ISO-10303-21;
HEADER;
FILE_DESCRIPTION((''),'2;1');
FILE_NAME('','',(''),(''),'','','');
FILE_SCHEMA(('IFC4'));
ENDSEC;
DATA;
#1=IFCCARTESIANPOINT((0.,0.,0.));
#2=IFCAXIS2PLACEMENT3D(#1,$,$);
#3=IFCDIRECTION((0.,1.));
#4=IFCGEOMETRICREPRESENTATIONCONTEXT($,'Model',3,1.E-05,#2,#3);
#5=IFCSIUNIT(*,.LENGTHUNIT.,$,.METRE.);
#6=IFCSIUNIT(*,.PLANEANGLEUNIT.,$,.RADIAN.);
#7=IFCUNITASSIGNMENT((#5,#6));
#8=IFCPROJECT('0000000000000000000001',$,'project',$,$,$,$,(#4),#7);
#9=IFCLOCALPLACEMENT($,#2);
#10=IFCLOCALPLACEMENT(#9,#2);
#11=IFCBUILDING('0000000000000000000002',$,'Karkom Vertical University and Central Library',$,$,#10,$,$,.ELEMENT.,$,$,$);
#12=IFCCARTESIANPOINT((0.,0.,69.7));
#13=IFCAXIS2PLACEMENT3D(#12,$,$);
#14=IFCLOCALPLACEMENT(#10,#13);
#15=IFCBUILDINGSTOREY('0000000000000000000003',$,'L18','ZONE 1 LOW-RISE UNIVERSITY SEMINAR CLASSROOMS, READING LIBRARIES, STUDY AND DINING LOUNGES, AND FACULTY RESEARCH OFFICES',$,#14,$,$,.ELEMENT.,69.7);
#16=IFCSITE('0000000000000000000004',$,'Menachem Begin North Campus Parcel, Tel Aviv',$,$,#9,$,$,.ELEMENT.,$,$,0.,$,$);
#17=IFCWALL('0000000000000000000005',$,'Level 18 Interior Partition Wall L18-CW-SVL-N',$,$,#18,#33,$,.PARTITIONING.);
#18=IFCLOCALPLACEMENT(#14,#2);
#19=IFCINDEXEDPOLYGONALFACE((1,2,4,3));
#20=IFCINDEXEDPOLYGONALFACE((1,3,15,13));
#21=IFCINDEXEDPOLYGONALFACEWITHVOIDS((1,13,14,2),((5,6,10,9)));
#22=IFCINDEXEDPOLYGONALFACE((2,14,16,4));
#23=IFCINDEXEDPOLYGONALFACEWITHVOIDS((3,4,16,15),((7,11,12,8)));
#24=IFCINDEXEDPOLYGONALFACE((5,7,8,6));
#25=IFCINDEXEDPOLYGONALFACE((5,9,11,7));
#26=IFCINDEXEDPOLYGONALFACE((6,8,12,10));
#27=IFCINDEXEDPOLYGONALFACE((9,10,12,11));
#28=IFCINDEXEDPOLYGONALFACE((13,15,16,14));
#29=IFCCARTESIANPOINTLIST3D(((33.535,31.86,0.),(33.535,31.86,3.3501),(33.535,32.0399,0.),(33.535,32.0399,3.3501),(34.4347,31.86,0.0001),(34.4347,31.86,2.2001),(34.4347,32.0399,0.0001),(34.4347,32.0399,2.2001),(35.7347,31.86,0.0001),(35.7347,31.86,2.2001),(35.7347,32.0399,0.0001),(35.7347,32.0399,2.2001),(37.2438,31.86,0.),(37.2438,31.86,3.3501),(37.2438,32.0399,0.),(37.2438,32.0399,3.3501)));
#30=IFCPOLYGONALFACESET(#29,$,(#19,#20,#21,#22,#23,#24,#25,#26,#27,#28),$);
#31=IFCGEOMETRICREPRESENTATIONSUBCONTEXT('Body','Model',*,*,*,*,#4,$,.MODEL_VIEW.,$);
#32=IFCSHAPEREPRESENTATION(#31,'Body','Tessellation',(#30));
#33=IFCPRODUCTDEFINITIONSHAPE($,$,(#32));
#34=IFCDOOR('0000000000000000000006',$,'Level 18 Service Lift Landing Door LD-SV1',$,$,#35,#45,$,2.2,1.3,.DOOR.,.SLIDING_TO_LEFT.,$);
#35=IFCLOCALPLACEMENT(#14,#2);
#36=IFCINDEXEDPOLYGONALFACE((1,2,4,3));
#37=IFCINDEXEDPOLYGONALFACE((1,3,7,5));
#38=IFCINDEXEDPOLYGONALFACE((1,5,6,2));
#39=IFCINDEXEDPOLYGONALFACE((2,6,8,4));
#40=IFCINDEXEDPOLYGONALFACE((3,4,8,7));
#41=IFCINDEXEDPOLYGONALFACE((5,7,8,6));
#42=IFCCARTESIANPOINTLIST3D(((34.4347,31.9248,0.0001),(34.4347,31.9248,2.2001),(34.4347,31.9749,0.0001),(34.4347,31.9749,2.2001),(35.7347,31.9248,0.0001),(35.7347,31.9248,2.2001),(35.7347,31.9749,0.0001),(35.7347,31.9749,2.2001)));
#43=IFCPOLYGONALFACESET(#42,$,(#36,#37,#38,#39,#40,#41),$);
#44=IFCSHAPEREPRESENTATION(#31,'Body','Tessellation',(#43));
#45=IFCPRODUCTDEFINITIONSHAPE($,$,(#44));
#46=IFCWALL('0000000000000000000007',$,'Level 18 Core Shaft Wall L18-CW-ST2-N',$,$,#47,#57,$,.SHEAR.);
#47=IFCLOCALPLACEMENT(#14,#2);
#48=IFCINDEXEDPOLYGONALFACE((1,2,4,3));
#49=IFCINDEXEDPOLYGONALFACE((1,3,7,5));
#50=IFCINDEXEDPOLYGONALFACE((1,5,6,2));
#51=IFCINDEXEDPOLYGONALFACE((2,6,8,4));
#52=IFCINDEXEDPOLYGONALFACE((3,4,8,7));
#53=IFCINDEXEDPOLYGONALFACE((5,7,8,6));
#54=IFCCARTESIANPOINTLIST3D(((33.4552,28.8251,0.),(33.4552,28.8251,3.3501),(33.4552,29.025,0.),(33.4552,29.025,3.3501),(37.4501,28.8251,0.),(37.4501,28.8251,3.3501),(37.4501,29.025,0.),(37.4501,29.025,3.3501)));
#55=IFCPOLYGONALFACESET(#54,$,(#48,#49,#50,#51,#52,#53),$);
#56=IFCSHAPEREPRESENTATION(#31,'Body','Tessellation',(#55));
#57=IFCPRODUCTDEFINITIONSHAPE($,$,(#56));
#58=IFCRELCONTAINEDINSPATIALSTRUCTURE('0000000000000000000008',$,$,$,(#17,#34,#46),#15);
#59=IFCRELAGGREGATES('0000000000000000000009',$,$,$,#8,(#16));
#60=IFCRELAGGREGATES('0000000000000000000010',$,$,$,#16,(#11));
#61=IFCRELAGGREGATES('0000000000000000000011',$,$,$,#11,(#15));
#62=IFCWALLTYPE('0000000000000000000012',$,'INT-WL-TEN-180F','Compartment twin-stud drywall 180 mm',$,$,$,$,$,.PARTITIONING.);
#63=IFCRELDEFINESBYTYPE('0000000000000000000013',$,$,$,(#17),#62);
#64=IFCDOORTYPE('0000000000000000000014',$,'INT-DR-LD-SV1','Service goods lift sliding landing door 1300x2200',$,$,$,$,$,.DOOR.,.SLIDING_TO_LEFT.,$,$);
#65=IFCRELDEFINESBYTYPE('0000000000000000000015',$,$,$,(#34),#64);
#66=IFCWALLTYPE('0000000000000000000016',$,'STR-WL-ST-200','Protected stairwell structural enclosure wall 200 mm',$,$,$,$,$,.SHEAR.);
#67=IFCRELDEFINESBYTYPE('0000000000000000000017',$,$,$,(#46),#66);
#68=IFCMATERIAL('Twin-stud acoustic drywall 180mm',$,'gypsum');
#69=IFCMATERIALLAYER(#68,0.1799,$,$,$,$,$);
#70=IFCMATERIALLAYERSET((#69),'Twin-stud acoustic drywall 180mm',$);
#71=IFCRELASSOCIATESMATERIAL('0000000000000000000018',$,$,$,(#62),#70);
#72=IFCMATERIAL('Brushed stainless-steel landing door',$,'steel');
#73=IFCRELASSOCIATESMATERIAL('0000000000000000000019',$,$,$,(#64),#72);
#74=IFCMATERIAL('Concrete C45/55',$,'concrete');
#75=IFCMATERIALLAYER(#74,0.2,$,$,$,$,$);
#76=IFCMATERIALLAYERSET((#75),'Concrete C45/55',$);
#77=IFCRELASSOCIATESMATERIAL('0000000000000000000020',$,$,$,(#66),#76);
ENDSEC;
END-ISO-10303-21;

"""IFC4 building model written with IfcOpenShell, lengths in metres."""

from ifc_helpers import new_model, si_unit, direction, frame, frame_2d, origin, origin_with_axes, place, context, subcontext, project, spatial, rectangle, extrude, source, transform, mapped, material, layer, layer_set, type_object, element, fill, save


model = new_model("IFC4")

# Units and contexts
model_context = context("Model", 3, precision=1e-05, world=origin(), true_north=direction((0.0, 1.0)))
body_context = subcontext(model_context, "Body", "Model", "MODEL_VIEW")
ifc_project = project(units=[si_unit("LENGTHUNIT", "METRE"), si_unit("PLANEANGLEUNIT", "RADIAN")], contexts=[model_context])

# Site, building, storey
site_placement = place(None, origin())
site = spatial("IfcSite", under=ifc_project, at=site_placement, Name="Menachem Begin North Campus Parcel, Tel Aviv", CompositionType="ELEMENT", RefElevation=0.0)
building_placement = place(site_placement, origin())
building = spatial("IfcBuilding", under=site, at=building_placement, Name="Karkom Vertical University and Central Library", CompositionType="ELEMENT")
storey_placement = place(building_placement, frame((0.0, 0.0, 69.7)))
storey = spatial("IfcBuildingStorey", under=building, at=storey_placement, Name="L18", Description="ZONE 1 LOW-RISE UNIVERSITY SEMINAR CLASSROOMS, READING LIBRARIES, STUDY AND DINING LOUNGES, AND FACULTY RESEARCH OFFICES", CompositionType="ELEMENT", Elevation=69.7)

# Wall, opening, door
ifc_material_1 = material(Name="Twin-stud acoustic drywall 180mm", Category="gypsum")
ifc_layer_1 = layer(ifc_material_1, 0.1799)
ifc_layer_set_1 = layer_set([ifc_layer_1], Name="Twin-stud acoustic drywall 180mm")
wall_type_1 = type_object("IfcWallType", Name="INT-WL-TEN-180F", Description="Compartment twin-stud drywall 180 mm", PredefinedType="PARTITIONING", material=ifc_layer_set_1)
wall_1_placement = place(storey_placement, frame((33.5349, 31.95, 0.0), z_axis=(0.0, 0.0, 1.0), x_axis=(1.0, 0.0, 0.0)))
wall_1 = element("IfcWall", 1, at=wall_1_placement, inside=storey, type_object=wall_type_1, Name="Level 18 Interior Partition Wall L18-CW-SVL-N", PredefinedType="PARTITIONING", context=body_context, shape_type="SweptSolid", body=[
    extrude(rectangle(XDim=3.7087, YDim=0.1799, at=frame_2d((1.8545, 0.0))), origin(), (0.0, 0.0, 1.0), 3.3501),
])
opening_1_placement = place(wall_1_placement, frame((0.8999, 0.0, 0.0)))
opening_1 = element("IfcOpeningElement", 2, at=opening_1_placement, cuts=wall_1, PredefinedType="OPENING", context=body_context, shape_type="SweptSolid", body=[
    extrude(rectangle(XDim=1.3, YDim=2.2, at=frame_2d((0.6499, 1.1001))), frame((0.0, 0.1001, 0.0), z_axis=(0.0, -1.0, 0.0), x_axis=(1.0, 0.0, 0.0)), (0.0, 0.0, 1.0), 0.2),
])
ifc_material_2 = material(Name="Brushed stainless-steel landing door", Category="steel")
door_type_1 = type_object("IfcDoorType", Name="INT-DR-LD-SV1", Description="Service goods lift sliding landing door 1300x2200", OperationType="SLIDING_TO_LEFT", PredefinedType="DOOR", material=ifc_material_2)
shared_shape_1 = source(origin_with_axes(), body_context, "Body", "SweptSolid", [
    extrude(rectangle(XDim=1.3, YDim=2.2, at=frame_2d((0.6499, 1.1001))), frame((0.0, 0.0249, 0.0), z_axis=(0.0, -1.0, 0.0), x_axis=(1.0, 0.0, 0.0)), (0.0, 0.0, 1.0), 0.05),
])
door_1_placement = place(opening_1_placement, origin())
door_1 = element("IfcDoor", 3, at=door_1_placement, inside=storey, type_object=door_type_1, Name="Level 18 Service Lift Landing Door LD-SV1", OperationType="SLIDING_TO_LEFT", OverallHeight=2.2, OverallWidth=1.3, PredefinedType="DOOR", context=body_context, shape_type="MappedRepresentation", body=[
    mapped(shared_shape_1, transform((0.0, 0.0, 0.0), scale=1.0)),
])
fill(opening_1, door_1)

# Wall
ifc_material_3 = material(Name="Concrete C45/55", Category="concrete")
ifc_layer_2 = layer(ifc_material_3, 0.2)
ifc_layer_set_2 = layer_set([ifc_layer_2], Name="Concrete C45/55")
wall_type_2 = type_object("IfcWallType", Name="STR-WL-ST-200", Description="Protected stairwell structural enclosure wall 200 mm", PredefinedType="SHEAR", material=ifc_layer_set_2)
wall_2_placement = place(storey_placement, frame((33.4551, 28.925, 0.0), z_axis=(0.0, 0.0, 1.0), x_axis=(1.0, 0.0, 0.0)))
element("IfcWall", 4, at=wall_2_placement, inside=storey, type_object=wall_type_2, Name="Level 18 Core Shaft Wall L18-CW-ST2-N", PredefinedType="SHEAR", context=body_context, shape_type="SweptSolid", body=[
    extrude(rectangle(XDim=3.9949, YDim=0.2, at=frame_2d((1.9976, 0.0))), origin(), (0.0, 0.0, 1.0), 3.3501),
])

save(model, "model.ifc")
